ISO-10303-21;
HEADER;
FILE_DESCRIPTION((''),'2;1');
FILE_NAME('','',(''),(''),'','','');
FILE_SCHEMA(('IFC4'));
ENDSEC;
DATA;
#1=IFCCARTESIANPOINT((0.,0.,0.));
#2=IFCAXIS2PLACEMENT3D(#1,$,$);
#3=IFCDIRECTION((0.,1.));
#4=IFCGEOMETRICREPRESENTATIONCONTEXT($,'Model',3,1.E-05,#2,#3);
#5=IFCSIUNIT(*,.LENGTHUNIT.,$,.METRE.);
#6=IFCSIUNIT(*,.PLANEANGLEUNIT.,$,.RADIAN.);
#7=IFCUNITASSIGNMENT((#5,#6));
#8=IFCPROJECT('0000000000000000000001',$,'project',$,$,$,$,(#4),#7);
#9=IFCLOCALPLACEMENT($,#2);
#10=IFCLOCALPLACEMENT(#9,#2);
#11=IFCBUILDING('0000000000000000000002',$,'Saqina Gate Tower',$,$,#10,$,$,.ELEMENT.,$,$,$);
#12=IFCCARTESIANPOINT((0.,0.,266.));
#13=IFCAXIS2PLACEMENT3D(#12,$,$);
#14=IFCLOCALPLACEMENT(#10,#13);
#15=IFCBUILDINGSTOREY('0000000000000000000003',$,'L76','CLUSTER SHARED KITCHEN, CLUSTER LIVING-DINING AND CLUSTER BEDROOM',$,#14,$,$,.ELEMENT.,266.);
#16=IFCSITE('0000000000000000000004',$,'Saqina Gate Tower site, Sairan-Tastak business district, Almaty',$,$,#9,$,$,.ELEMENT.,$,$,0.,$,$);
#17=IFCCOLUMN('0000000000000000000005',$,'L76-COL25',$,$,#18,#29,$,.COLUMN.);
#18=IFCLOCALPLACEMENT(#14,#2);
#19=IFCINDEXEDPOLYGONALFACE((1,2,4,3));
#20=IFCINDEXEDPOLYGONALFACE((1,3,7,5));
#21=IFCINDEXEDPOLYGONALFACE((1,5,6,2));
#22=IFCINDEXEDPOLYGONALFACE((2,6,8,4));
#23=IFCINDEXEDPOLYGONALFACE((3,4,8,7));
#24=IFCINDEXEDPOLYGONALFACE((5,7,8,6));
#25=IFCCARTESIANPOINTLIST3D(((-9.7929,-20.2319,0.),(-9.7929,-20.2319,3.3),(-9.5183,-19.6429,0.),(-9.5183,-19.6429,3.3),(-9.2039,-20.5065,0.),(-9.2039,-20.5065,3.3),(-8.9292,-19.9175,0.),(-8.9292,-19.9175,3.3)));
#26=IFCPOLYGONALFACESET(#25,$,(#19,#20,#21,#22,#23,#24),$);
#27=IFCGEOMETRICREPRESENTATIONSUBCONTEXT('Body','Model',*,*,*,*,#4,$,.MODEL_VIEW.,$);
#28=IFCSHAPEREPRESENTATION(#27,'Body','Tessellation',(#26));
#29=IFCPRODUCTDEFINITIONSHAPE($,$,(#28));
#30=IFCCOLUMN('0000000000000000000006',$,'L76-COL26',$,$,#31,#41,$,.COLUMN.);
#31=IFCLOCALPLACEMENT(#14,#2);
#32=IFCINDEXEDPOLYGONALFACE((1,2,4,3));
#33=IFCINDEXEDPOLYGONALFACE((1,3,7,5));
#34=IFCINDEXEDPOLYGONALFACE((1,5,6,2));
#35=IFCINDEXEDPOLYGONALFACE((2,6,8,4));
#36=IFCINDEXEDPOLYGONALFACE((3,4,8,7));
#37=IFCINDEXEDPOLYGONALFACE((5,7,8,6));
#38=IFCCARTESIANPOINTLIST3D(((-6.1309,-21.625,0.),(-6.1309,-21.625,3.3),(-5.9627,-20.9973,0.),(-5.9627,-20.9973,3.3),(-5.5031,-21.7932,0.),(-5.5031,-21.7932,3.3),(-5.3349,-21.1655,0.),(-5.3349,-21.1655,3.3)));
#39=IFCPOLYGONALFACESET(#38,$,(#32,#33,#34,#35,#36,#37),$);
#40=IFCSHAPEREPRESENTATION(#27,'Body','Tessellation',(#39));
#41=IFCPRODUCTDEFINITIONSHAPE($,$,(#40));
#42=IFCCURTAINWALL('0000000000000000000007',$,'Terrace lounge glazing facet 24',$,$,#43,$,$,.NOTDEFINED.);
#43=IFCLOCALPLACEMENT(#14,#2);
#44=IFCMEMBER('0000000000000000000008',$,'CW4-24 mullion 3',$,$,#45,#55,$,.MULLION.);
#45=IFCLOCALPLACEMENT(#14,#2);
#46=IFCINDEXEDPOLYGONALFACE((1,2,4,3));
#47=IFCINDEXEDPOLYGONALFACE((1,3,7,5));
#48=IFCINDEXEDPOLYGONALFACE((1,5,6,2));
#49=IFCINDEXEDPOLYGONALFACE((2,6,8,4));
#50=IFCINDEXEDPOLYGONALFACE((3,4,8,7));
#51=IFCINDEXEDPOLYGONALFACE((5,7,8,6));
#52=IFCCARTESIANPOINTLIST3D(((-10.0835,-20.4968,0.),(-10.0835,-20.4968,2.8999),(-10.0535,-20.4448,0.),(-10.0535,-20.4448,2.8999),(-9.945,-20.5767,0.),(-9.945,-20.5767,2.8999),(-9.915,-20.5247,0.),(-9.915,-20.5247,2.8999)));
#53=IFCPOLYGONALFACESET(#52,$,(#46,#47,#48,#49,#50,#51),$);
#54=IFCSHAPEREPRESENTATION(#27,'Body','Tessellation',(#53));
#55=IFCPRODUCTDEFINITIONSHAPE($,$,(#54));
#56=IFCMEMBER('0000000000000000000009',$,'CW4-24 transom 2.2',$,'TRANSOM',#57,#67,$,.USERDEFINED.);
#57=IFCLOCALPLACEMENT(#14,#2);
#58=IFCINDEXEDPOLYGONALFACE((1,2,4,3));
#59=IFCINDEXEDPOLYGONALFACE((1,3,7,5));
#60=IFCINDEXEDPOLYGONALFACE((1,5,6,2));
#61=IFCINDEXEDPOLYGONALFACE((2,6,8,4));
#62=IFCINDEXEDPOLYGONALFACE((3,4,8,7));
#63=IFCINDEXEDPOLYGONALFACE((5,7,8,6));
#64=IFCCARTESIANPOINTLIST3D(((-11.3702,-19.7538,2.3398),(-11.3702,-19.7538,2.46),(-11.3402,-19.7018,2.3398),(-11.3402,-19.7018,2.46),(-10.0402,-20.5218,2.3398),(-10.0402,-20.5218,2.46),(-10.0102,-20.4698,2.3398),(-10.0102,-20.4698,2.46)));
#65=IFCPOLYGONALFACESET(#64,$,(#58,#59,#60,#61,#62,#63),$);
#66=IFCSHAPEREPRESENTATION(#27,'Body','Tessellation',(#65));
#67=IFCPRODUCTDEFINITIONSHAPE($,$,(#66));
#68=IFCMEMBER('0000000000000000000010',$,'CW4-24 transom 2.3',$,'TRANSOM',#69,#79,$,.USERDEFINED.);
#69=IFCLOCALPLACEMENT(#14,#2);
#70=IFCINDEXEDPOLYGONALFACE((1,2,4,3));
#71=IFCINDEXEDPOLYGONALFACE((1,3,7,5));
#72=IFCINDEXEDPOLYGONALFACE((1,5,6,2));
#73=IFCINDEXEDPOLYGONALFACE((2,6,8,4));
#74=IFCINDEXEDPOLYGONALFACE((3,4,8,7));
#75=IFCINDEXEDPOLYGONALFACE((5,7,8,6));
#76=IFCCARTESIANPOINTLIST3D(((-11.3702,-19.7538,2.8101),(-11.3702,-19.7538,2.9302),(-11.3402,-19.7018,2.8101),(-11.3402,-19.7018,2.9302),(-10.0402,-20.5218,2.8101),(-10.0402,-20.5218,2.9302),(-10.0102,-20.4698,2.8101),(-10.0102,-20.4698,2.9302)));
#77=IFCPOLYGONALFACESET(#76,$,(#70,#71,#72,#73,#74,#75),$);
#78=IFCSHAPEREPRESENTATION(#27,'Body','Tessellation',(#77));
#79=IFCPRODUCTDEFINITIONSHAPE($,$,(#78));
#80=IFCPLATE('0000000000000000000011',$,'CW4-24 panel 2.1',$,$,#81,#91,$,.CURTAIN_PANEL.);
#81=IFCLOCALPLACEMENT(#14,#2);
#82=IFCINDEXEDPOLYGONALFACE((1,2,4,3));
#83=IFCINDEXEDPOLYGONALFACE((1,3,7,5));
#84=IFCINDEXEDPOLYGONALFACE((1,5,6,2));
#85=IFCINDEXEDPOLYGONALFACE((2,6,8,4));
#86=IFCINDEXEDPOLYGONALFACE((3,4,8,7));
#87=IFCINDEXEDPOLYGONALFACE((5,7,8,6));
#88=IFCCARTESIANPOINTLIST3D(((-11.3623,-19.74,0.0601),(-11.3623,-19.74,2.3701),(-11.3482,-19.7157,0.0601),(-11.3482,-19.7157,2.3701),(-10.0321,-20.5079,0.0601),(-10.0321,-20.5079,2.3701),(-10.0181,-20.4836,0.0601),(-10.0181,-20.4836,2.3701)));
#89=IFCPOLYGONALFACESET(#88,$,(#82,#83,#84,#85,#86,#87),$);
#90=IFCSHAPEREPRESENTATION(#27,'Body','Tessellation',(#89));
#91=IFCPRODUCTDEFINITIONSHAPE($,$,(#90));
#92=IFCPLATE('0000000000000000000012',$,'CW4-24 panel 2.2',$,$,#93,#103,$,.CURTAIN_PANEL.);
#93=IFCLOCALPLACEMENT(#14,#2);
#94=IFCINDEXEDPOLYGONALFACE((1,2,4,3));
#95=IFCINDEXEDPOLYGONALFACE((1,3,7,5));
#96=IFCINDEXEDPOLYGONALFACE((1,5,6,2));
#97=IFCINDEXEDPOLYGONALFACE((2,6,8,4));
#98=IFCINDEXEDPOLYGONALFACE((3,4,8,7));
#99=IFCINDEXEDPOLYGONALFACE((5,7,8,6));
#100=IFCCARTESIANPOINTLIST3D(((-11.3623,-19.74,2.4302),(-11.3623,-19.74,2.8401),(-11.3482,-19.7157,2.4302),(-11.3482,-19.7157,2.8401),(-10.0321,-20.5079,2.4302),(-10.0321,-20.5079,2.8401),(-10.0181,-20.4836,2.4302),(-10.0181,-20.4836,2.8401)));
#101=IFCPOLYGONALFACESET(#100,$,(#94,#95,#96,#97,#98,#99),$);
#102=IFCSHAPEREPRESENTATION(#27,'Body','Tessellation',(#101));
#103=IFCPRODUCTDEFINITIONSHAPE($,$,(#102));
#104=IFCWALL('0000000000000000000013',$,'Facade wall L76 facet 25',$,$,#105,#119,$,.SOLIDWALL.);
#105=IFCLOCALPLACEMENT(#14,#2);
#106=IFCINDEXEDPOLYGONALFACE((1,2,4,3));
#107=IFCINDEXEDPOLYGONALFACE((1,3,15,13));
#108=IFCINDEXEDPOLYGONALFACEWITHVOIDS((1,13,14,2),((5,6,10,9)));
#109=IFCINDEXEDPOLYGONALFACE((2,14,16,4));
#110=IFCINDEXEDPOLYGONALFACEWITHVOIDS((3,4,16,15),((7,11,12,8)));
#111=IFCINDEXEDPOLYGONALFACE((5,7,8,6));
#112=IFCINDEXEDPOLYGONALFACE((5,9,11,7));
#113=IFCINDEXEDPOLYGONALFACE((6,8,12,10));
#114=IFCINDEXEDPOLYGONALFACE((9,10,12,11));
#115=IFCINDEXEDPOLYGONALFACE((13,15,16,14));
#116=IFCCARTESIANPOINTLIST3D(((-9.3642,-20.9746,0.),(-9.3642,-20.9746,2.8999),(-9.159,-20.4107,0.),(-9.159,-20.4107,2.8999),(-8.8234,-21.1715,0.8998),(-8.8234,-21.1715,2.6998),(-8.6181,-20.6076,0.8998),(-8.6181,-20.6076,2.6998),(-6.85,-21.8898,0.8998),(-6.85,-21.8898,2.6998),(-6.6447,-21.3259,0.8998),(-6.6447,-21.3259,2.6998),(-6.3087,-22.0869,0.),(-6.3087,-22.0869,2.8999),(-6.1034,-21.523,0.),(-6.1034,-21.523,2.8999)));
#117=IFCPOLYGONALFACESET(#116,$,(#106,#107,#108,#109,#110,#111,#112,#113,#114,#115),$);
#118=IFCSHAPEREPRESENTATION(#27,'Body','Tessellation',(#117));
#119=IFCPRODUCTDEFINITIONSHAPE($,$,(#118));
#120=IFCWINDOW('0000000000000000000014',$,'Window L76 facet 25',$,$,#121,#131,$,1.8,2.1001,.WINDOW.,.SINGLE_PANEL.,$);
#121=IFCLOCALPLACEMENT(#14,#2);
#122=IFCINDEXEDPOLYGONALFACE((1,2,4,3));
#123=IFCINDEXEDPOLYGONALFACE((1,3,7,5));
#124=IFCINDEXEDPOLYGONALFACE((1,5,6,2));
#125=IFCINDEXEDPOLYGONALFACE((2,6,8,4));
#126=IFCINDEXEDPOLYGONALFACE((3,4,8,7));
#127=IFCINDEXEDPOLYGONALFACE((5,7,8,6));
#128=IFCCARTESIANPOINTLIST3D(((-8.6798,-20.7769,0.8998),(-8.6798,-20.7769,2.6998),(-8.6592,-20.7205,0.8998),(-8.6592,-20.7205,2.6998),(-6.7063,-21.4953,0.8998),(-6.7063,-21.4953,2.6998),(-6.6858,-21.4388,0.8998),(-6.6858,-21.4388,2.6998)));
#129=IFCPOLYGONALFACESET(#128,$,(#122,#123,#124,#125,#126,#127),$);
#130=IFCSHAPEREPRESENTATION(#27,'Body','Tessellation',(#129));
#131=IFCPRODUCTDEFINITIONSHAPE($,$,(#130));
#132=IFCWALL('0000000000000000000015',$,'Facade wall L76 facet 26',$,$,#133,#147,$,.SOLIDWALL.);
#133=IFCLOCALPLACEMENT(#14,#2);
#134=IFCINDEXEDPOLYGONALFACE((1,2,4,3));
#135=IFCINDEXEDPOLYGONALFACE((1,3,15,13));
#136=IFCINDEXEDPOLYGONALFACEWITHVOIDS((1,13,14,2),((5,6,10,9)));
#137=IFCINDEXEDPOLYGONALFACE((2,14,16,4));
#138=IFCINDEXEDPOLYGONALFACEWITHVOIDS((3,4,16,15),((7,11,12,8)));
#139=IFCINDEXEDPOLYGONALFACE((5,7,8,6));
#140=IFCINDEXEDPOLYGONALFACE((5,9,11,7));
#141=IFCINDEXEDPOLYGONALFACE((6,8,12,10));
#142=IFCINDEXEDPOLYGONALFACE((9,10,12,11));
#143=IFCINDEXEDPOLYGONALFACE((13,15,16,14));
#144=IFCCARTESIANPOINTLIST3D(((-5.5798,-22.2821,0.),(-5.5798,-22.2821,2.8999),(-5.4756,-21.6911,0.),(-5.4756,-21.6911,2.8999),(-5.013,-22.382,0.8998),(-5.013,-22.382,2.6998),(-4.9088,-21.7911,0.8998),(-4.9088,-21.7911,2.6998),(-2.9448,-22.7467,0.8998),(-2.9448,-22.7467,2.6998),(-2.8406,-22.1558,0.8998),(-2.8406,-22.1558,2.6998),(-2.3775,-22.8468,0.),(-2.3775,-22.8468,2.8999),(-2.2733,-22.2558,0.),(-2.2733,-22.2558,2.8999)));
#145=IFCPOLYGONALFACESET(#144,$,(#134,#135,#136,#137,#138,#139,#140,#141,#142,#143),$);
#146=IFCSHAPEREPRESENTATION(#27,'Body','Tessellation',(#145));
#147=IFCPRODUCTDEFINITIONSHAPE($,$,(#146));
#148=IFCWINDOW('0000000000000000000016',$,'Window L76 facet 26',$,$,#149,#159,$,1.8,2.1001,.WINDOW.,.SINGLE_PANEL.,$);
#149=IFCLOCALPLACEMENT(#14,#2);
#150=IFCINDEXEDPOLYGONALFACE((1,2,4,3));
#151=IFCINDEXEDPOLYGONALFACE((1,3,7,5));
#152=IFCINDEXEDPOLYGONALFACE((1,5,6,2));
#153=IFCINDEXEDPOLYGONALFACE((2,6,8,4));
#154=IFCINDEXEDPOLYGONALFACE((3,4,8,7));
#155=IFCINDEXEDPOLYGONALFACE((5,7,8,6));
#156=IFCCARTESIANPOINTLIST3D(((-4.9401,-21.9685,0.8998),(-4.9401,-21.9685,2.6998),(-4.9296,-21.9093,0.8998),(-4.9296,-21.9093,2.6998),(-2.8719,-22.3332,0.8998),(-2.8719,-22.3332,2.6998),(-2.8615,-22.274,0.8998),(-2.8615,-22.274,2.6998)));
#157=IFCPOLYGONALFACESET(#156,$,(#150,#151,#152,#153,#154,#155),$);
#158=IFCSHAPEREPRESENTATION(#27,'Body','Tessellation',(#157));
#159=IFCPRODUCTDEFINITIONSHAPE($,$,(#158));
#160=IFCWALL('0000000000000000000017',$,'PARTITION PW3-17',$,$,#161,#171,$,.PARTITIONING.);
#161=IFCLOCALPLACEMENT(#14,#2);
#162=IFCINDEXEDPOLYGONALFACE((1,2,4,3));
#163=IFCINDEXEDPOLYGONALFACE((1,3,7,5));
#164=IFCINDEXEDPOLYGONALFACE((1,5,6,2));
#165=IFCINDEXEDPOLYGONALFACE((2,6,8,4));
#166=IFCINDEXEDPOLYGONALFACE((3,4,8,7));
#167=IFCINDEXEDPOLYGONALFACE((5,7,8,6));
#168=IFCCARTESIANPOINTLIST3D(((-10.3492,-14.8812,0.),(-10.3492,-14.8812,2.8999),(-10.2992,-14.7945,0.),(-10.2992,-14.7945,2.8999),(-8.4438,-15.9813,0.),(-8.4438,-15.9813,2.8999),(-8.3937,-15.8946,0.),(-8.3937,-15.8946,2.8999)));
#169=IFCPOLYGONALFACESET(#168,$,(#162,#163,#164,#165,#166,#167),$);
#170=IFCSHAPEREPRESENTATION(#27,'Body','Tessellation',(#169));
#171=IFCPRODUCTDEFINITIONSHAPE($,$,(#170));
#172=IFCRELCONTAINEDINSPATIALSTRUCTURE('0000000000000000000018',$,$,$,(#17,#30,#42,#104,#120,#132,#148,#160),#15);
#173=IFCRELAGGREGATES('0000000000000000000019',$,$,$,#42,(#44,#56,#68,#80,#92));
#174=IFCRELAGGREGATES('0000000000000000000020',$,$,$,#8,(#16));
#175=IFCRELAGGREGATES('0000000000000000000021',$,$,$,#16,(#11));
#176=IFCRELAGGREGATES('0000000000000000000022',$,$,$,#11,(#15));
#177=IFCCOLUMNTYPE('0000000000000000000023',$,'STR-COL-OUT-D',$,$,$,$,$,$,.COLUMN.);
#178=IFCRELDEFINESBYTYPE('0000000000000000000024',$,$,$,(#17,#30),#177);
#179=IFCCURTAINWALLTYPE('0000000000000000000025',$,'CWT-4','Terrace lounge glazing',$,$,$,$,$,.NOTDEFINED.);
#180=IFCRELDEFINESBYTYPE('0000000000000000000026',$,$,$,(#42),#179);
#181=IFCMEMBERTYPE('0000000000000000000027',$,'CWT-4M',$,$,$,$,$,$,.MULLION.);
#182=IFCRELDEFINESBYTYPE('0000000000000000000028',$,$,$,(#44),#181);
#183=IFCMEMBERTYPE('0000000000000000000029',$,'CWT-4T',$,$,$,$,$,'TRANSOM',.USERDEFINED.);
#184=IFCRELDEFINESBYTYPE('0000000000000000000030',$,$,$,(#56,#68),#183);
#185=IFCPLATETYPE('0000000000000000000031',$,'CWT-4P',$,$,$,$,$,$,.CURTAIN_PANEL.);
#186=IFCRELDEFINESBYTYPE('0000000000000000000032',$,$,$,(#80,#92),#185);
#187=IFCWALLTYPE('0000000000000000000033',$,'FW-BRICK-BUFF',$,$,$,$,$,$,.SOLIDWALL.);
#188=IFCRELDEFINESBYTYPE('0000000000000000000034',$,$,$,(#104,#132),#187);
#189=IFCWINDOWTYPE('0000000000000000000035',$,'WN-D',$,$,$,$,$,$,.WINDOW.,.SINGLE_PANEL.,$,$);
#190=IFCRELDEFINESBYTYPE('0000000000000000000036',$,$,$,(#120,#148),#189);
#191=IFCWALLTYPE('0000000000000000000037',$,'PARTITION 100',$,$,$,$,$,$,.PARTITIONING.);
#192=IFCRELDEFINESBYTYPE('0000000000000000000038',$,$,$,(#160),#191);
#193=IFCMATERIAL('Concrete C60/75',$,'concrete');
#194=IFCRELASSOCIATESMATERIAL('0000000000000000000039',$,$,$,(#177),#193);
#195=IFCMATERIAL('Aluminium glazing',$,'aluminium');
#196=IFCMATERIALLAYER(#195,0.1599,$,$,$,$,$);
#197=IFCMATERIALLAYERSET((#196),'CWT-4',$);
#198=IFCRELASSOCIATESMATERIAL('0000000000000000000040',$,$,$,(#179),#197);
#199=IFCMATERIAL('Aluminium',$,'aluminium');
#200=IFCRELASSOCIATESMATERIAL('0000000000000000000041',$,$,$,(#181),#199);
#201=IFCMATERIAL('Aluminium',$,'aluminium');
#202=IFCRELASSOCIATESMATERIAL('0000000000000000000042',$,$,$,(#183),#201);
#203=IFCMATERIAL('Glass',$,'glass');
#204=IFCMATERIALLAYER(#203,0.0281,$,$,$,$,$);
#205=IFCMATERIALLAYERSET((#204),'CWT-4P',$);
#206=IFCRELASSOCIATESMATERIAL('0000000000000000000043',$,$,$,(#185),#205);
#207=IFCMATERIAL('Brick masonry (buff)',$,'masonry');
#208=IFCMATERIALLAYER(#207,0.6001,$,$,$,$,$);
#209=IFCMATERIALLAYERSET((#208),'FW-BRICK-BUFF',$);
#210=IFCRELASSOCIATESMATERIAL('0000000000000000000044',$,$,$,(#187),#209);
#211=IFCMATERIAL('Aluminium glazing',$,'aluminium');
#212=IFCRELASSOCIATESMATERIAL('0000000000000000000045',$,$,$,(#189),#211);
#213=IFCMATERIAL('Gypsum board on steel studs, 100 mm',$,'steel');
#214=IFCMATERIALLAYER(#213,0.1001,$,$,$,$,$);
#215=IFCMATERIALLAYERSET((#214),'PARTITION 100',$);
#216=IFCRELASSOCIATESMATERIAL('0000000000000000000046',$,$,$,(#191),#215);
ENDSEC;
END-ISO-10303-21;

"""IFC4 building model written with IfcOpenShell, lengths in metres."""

from ifc_helpers import new_model, si_unit, direction, frame, frame_2d, origin, origin_2d, place, context, subcontext, project, spatial, rectangle, extrude, material, layer, layer_set, material_profile, profile_set, type_object, element, fill, aggregate, save


model = new_model("IFC4")

# Units and contexts
model_context = context("Model", 3, precision=1e-05, world=origin(), true_north=direction((0.0, 1.0)))
body_context = subcontext(model_context, "Body", "Model", "MODEL_VIEW")
ifc_project = project(units=[si_unit("LENGTHUNIT", "METRE"), si_unit("PLANEANGLEUNIT", "RADIAN")], contexts=[model_context])

# Site, building, storey
site_placement = place(None, origin())
site = spatial("IfcSite", under=ifc_project, at=site_placement, Name="Saqina Gate Tower site, Sairan-Tastak business district, Almaty", CompositionType="ELEMENT", RefElevation=0.0)
building_placement = place(site_placement, origin())
building = spatial("IfcBuilding", under=site, at=building_placement, Name="Saqina Gate Tower", CompositionType="ELEMENT")
storey_placement = place(building_placement, frame((0.0, 0.0, 266.0)))
storey = spatial("IfcBuildingStorey", under=building, at=storey_placement, Name="L76", Description="CLUSTER SHARED KITCHEN, CLUSTER LIVING-DINING AND CLUSTER BEDROOM", CompositionType="ELEMENT", Elevation=266.0)

# Columns
ifc_material_1 = material(Name="Concrete C60/75", Category="concrete")
ifc_material_profile_1 = material_profile(ifc_material_1, rectangle(XDim=0.6499, YDim=0.6499, at=origin_2d()), Name="RC 650x650")
ifc_profile_set_1 = profile_set([ifc_material_profile_1], Name="Concrete C60/75")
column_type = type_object("IfcColumnType", Name="STR-COL-OUT-D", PredefinedType="COLUMN", material=ifc_profile_set_1)
for number, where, z_axis, x_axis, name in (
    (1, (-9.3611, -20.0747, 0.0), (0.0, 0.0, 1.0), (-0.422618, -0.906308, 0.0), "L76-COL25"),
    (2, (-5.7329, -21.3953, 0.0), (0.0, 0.0, 1.0), (-0.258819, -0.965926, 0.0), "L76-COL26"),
):
    element("IfcColumn", number, at=place(storey_placement, frame(where, z_axis=z_axis, x_axis=x_axis)), inside=storey, type_object=column_type, Name=name, PredefinedType="COLUMN", context=body_context, shape_type="SweptSolid", body=[
        extrude(rectangle(XDim=0.6499, YDim=0.6499, at=origin_2d()), origin(), (0.0, 0.0, 1.0), 3.3),
    ])

# Curtain wall, members, plates
ifc_material_2 = material(Name="Aluminium glazing", Category="aluminium")
ifc_layer_1 = layer(ifc_material_2, 0.1599)
ifc_layer_set_1 = layer_set([ifc_layer_1], Name="CWT-4")
curtain_wall_type = type_object("IfcCurtainWallType", Name="CWT-4", Description="Terrace lounge glazing", PredefinedType="NOTDEFINED", material=ifc_layer_set_1)
curtain_wall_placement = place(storey_placement, origin())
curtain_wall = element("IfcCurtainWall", 3, at=curtain_wall_placement, inside=storey, type_object=curtain_wall_type, Name="Terrace lounge glazing facet 24", PredefinedType="NOTDEFINED")
ifc_material_3 = material(Name="Aluminium", Category="aluminium")
ifc_material_profile_2 = material_profile(ifc_material_3, rectangle(XDim=0.0601, YDim=0.1599, at=origin_2d()), Name="Aluminium 60x160")
ifc_profile_set_2 = profile_set([ifc_material_profile_2], Name="Aluminium")
member_type_1 = type_object("IfcMemberType", Name="CWT-4M", PredefinedType="MULLION", material=ifc_profile_set_2)
member_1_placement = place(storey_placement, frame((-9.9993, -20.5107, 0.0), z_axis=(0.0, 0.0, 1.0), x_axis=(0.499982, 0.866036, 0.0)))
member_1 = element("IfcMember", 4, at=member_1_placement, type_object=member_type_1, Name="CW4-24 mullion 3", PredefinedType="MULLION", context=body_context, shape_type="SweptSolid", body=[
    extrude(rectangle(XDim=0.0601, YDim=0.1599, at=origin_2d()), origin(), (0.0, 0.0, 1.0), 2.8999),
])
ifc_material_4 = material(Name="Aluminium", Category="aluminium")
ifc_material_profile_3 = material_profile(ifc_material_4, rectangle(XDim=0.0601, YDim=0.1201, at=origin_2d()), Name="Aluminium 60x120")
ifc_profile_set_3 = profile_set([ifc_material_profile_3], Name="Aluminium")
member_type_2 = type_object("IfcMemberType", Name="CWT-4T", ElementType="TRANSOM", PredefinedType="USERDEFINED", material=ifc_profile_set_3)
member_2_placement = place(storey_placement, frame((-11.3552, -19.7278, 2.3999), z_axis=(0.865984, -0.500071, 0.0), x_axis=(0.500071, 0.865984, 0.0)))
member_2 = element("IfcMember", 5, at=member_2_placement, type_object=member_type_2, Name="CW4-24 transom 2.2", ObjectType="TRANSOM", PredefinedType="USERDEFINED", context=body_context, shape_type="SweptSolid", body=[
    extrude(rectangle(XDim=0.0601, YDim=0.1201, at=origin_2d()), origin(), (0.0, 0.0, 1.0), 1.5359),
])
member_3_placement = place(storey_placement, frame((-11.3552, -19.7278, 2.8701), z_axis=(0.865984, -0.500071, 0.0), x_axis=(0.500071, 0.865984, 0.0)))
member_3 = element("IfcMember", 6, at=member_3_placement, type_object=member_type_2, Name="CW4-24 transom 2.3", ObjectType="TRANSOM", PredefinedType="USERDEFINED", context=body_context, shape_type="SweptSolid", body=[
    extrude(rectangle(XDim=0.0601, YDim=0.1201, at=origin_2d()), origin(), (0.0, 0.0, 1.0), 1.5359),
])
ifc_material_5 = material(Name="Glass", Category="glass")
ifc_layer_2 = layer(ifc_material_5, 0.0281)
ifc_layer_set_2 = layer_set([ifc_layer_2], Name="CWT-4P")
plate_type = type_object("IfcPlateType", Name="CWT-4P", PredefinedType="CURTAIN_PANEL", material=ifc_layer_set_2)
plate_1_placement = place(storey_placement, frame((-10.6902, -20.1118, 0.0601), z_axis=(0.0, 0.0, 1.0), x_axis=(0.866036, -0.499982, 0.0)))
plate_1 = element("IfcPlate", 7, at=plate_1_placement, type_object=plate_type, Name="CW4-24 panel 2.1", PredefinedType="CURTAIN_PANEL", context=body_context, shape_type="SweptSolid", body=[
    extrude(rectangle(XDim=1.5359, YDim=0.0281, at=origin_2d()), origin(), (0.0, 0.0, 1.0), 2.3101),
])
plate_2_placement = place(storey_placement, frame((-10.6902, -20.1118, 2.4302), z_axis=(0.0, 0.0, 1.0), x_axis=(0.866036, -0.499982, 0.0)))
plate_2 = element("IfcPlate", 8, at=plate_2_placement, type_object=plate_type, Name="CW4-24 panel 2.2", PredefinedType="CURTAIN_PANEL", context=body_context, shape_type="SweptSolid", body=[
    extrude(rectangle(XDim=1.5359, YDim=0.0281, at=origin_2d()), origin(), (0.0, 0.0, 1.0), 0.4099),
])
aggregate(curtain_wall, [member_1, member_2, member_3, plate_1, plate_2])

# Walls, openings, windows
ifc_material_6 = material(Name="Brick masonry (buff)", Category="masonry")
ifc_layer_3 = layer(ifc_material_6, 0.6001)
ifc_layer_set_3 = layer_set([ifc_layer_3], Name="FW-BRICK-BUFF")
wall_type_1 = type_object("IfcWallType", Name="FW-BRICK-BUFF", PredefinedType="SOLIDWALL", material=ifc_layer_set_3)
wall_1_placement = place(storey_placement, frame((-9.2617, -20.6926, 0.0), z_axis=(0.0, 0.0, 1.0), x_axis=(0.939679, -0.342057, 0.0)))
wall_1 = element("IfcWall", 9, at=wall_1_placement, inside=storey, type_object=wall_type_1, Name="Facade wall L76 facet 25", PredefinedType="SOLIDWALL", context=body_context, shape_type="SweptSolid", body=[
    extrude(rectangle(XDim=3.2517, YDim=0.6001, at=frame_2d((1.626, 0.0))), origin(), (0.0, 0.0, 1.0), 2.8999),
])
opening_1_placement = place(wall_1_placement, frame((0.5757, 0.0, 0.8999)))
opening_1 = element("IfcOpeningElement", 10, at=opening_1_placement, cuts=wall_1, PredefinedType="OPENING", context=body_context, shape_type="SweptSolid", body=[
    extrude(rectangle(XDim=2.1001, YDim=1.8, at=frame_2d((1.05, 0.8999))), frame((0.0, 0.312, 0.0), z_axis=(0.0, -1.0, 0.0), x_axis=(1.0, 0.0, 0.0)), (0.0, 0.0, 1.0), 0.624),
])
ifc_material_7 = material(Name="Aluminium glazing", Category="aluminium")
window_type = type_object("IfcWindowType", Name="WN-D", PartitioningType="SINGLE_PANEL", PredefinedType="WINDOW", material=ifc_material_7)
window_1_placement = place(opening_1_placement, origin())
window_1 = element("IfcWindow", 11, at=window_1_placement, inside=storey, type_object=window_type, Name="Window L76 facet 25", OverallHeight=1.8, OverallWidth=2.1001, PartitioningType="SINGLE_PANEL", PredefinedType="WINDOW", context=body_context, shape_type="SweptSolid", body=[
    extrude(rectangle(XDim=2.1001, YDim=1.8, at=frame_2d((1.05, 0.8999))), frame((0.0, 0.1799, 0.0), z_axis=(0.0, -1.0, 0.0), x_axis=(1.0, 0.0, 0.0)), (0.0, 0.0, 1.0), 0.0601),
])
fill(opening_1, window_1)
wall_2_placement = place(storey_placement, frame((-5.5278, -21.9866, 0.0), z_axis=(0.0, 0.0, 1.0), x_axis=(0.984806, -0.173657, 0.0)))
wall_2 = element("IfcWall", 12, at=wall_2_placement, inside=storey, type_object=wall_type_1, Name="Facade wall L76 facet 26", PredefinedType="SOLIDWALL", context=body_context, shape_type="SweptSolid", body=[
    extrude(rectangle(XDim=3.2517, YDim=0.6001, at=frame_2d((1.626, 0.0))), origin(), (0.0, 0.0, 1.0), 2.8999),
])
opening_2_placement = place(wall_2_placement, frame((0.5757, 0.0, 0.8999)))
opening_2 = element("IfcOpeningElement", 13, at=opening_2_placement, cuts=wall_2, PredefinedType="OPENING", context=body_context, shape_type="SweptSolid", body=[
    extrude(rectangle(XDim=2.1001, YDim=1.8, at=frame_2d((1.05, 0.8999))), frame((0.0, 0.312, 0.0), z_axis=(0.0, -1.0, 0.0), x_axis=(1.0, 0.0, 0.0)), (0.0, 0.0, 1.0), 0.624),
])
window_2_placement = place(opening_2_placement, origin())
window_2 = element("IfcWindow", 14, at=window_2_placement, inside=storey, type_object=window_type, Name="Window L76 facet 26", OverallHeight=1.8, OverallWidth=2.1001, PartitioningType="SINGLE_PANEL", PredefinedType="WINDOW", context=body_context, shape_type="SweptSolid", body=[
    extrude(rectangle(XDim=2.1001, YDim=1.8, at=frame_2d((1.05, 0.8999))), frame((0.0, 0.1799, 0.0), z_axis=(0.0, -1.0, 0.0), x_axis=(1.0, 0.0, 0.0)), (0.0, 0.0, 1.0), 0.0601),
])
fill(opening_2, window_2)

# Wall
ifc_material_8 = material(Name="Gypsum board on steel studs, 100 mm", Category="steel")
ifc_layer_4 = layer(ifc_material_8, 0.1001)
ifc_layer_set_4 = layer_set([ifc_layer_4], Name="PARTITION 100")
wall_type_2 = type_object("IfcWallType", Name="PARTITION 100", PredefinedType="PARTITIONING", material=ifc_layer_set_4)
wall_3_placement = place(storey_placement, frame((-10.3242, -14.8379, 0.0), z_axis=(0.0, 0.0, 1.0), x_axis=(0.866036, -0.499982, 0.0)))
element("IfcWall", 15, at=wall_3_placement, inside=storey, type_object=wall_type_2, Name="PARTITION PW3-17", PredefinedType="PARTITIONING", context=body_context, shape_type="SweptSolid", body=[
    extrude(rectangle(XDim=2.2002, YDim=0.1001, at=frame_2d((1.1001, 0.0))), origin(), (0.0, 0.0, 1.0), 2.8999),
])

save(model, "model.ifc")
